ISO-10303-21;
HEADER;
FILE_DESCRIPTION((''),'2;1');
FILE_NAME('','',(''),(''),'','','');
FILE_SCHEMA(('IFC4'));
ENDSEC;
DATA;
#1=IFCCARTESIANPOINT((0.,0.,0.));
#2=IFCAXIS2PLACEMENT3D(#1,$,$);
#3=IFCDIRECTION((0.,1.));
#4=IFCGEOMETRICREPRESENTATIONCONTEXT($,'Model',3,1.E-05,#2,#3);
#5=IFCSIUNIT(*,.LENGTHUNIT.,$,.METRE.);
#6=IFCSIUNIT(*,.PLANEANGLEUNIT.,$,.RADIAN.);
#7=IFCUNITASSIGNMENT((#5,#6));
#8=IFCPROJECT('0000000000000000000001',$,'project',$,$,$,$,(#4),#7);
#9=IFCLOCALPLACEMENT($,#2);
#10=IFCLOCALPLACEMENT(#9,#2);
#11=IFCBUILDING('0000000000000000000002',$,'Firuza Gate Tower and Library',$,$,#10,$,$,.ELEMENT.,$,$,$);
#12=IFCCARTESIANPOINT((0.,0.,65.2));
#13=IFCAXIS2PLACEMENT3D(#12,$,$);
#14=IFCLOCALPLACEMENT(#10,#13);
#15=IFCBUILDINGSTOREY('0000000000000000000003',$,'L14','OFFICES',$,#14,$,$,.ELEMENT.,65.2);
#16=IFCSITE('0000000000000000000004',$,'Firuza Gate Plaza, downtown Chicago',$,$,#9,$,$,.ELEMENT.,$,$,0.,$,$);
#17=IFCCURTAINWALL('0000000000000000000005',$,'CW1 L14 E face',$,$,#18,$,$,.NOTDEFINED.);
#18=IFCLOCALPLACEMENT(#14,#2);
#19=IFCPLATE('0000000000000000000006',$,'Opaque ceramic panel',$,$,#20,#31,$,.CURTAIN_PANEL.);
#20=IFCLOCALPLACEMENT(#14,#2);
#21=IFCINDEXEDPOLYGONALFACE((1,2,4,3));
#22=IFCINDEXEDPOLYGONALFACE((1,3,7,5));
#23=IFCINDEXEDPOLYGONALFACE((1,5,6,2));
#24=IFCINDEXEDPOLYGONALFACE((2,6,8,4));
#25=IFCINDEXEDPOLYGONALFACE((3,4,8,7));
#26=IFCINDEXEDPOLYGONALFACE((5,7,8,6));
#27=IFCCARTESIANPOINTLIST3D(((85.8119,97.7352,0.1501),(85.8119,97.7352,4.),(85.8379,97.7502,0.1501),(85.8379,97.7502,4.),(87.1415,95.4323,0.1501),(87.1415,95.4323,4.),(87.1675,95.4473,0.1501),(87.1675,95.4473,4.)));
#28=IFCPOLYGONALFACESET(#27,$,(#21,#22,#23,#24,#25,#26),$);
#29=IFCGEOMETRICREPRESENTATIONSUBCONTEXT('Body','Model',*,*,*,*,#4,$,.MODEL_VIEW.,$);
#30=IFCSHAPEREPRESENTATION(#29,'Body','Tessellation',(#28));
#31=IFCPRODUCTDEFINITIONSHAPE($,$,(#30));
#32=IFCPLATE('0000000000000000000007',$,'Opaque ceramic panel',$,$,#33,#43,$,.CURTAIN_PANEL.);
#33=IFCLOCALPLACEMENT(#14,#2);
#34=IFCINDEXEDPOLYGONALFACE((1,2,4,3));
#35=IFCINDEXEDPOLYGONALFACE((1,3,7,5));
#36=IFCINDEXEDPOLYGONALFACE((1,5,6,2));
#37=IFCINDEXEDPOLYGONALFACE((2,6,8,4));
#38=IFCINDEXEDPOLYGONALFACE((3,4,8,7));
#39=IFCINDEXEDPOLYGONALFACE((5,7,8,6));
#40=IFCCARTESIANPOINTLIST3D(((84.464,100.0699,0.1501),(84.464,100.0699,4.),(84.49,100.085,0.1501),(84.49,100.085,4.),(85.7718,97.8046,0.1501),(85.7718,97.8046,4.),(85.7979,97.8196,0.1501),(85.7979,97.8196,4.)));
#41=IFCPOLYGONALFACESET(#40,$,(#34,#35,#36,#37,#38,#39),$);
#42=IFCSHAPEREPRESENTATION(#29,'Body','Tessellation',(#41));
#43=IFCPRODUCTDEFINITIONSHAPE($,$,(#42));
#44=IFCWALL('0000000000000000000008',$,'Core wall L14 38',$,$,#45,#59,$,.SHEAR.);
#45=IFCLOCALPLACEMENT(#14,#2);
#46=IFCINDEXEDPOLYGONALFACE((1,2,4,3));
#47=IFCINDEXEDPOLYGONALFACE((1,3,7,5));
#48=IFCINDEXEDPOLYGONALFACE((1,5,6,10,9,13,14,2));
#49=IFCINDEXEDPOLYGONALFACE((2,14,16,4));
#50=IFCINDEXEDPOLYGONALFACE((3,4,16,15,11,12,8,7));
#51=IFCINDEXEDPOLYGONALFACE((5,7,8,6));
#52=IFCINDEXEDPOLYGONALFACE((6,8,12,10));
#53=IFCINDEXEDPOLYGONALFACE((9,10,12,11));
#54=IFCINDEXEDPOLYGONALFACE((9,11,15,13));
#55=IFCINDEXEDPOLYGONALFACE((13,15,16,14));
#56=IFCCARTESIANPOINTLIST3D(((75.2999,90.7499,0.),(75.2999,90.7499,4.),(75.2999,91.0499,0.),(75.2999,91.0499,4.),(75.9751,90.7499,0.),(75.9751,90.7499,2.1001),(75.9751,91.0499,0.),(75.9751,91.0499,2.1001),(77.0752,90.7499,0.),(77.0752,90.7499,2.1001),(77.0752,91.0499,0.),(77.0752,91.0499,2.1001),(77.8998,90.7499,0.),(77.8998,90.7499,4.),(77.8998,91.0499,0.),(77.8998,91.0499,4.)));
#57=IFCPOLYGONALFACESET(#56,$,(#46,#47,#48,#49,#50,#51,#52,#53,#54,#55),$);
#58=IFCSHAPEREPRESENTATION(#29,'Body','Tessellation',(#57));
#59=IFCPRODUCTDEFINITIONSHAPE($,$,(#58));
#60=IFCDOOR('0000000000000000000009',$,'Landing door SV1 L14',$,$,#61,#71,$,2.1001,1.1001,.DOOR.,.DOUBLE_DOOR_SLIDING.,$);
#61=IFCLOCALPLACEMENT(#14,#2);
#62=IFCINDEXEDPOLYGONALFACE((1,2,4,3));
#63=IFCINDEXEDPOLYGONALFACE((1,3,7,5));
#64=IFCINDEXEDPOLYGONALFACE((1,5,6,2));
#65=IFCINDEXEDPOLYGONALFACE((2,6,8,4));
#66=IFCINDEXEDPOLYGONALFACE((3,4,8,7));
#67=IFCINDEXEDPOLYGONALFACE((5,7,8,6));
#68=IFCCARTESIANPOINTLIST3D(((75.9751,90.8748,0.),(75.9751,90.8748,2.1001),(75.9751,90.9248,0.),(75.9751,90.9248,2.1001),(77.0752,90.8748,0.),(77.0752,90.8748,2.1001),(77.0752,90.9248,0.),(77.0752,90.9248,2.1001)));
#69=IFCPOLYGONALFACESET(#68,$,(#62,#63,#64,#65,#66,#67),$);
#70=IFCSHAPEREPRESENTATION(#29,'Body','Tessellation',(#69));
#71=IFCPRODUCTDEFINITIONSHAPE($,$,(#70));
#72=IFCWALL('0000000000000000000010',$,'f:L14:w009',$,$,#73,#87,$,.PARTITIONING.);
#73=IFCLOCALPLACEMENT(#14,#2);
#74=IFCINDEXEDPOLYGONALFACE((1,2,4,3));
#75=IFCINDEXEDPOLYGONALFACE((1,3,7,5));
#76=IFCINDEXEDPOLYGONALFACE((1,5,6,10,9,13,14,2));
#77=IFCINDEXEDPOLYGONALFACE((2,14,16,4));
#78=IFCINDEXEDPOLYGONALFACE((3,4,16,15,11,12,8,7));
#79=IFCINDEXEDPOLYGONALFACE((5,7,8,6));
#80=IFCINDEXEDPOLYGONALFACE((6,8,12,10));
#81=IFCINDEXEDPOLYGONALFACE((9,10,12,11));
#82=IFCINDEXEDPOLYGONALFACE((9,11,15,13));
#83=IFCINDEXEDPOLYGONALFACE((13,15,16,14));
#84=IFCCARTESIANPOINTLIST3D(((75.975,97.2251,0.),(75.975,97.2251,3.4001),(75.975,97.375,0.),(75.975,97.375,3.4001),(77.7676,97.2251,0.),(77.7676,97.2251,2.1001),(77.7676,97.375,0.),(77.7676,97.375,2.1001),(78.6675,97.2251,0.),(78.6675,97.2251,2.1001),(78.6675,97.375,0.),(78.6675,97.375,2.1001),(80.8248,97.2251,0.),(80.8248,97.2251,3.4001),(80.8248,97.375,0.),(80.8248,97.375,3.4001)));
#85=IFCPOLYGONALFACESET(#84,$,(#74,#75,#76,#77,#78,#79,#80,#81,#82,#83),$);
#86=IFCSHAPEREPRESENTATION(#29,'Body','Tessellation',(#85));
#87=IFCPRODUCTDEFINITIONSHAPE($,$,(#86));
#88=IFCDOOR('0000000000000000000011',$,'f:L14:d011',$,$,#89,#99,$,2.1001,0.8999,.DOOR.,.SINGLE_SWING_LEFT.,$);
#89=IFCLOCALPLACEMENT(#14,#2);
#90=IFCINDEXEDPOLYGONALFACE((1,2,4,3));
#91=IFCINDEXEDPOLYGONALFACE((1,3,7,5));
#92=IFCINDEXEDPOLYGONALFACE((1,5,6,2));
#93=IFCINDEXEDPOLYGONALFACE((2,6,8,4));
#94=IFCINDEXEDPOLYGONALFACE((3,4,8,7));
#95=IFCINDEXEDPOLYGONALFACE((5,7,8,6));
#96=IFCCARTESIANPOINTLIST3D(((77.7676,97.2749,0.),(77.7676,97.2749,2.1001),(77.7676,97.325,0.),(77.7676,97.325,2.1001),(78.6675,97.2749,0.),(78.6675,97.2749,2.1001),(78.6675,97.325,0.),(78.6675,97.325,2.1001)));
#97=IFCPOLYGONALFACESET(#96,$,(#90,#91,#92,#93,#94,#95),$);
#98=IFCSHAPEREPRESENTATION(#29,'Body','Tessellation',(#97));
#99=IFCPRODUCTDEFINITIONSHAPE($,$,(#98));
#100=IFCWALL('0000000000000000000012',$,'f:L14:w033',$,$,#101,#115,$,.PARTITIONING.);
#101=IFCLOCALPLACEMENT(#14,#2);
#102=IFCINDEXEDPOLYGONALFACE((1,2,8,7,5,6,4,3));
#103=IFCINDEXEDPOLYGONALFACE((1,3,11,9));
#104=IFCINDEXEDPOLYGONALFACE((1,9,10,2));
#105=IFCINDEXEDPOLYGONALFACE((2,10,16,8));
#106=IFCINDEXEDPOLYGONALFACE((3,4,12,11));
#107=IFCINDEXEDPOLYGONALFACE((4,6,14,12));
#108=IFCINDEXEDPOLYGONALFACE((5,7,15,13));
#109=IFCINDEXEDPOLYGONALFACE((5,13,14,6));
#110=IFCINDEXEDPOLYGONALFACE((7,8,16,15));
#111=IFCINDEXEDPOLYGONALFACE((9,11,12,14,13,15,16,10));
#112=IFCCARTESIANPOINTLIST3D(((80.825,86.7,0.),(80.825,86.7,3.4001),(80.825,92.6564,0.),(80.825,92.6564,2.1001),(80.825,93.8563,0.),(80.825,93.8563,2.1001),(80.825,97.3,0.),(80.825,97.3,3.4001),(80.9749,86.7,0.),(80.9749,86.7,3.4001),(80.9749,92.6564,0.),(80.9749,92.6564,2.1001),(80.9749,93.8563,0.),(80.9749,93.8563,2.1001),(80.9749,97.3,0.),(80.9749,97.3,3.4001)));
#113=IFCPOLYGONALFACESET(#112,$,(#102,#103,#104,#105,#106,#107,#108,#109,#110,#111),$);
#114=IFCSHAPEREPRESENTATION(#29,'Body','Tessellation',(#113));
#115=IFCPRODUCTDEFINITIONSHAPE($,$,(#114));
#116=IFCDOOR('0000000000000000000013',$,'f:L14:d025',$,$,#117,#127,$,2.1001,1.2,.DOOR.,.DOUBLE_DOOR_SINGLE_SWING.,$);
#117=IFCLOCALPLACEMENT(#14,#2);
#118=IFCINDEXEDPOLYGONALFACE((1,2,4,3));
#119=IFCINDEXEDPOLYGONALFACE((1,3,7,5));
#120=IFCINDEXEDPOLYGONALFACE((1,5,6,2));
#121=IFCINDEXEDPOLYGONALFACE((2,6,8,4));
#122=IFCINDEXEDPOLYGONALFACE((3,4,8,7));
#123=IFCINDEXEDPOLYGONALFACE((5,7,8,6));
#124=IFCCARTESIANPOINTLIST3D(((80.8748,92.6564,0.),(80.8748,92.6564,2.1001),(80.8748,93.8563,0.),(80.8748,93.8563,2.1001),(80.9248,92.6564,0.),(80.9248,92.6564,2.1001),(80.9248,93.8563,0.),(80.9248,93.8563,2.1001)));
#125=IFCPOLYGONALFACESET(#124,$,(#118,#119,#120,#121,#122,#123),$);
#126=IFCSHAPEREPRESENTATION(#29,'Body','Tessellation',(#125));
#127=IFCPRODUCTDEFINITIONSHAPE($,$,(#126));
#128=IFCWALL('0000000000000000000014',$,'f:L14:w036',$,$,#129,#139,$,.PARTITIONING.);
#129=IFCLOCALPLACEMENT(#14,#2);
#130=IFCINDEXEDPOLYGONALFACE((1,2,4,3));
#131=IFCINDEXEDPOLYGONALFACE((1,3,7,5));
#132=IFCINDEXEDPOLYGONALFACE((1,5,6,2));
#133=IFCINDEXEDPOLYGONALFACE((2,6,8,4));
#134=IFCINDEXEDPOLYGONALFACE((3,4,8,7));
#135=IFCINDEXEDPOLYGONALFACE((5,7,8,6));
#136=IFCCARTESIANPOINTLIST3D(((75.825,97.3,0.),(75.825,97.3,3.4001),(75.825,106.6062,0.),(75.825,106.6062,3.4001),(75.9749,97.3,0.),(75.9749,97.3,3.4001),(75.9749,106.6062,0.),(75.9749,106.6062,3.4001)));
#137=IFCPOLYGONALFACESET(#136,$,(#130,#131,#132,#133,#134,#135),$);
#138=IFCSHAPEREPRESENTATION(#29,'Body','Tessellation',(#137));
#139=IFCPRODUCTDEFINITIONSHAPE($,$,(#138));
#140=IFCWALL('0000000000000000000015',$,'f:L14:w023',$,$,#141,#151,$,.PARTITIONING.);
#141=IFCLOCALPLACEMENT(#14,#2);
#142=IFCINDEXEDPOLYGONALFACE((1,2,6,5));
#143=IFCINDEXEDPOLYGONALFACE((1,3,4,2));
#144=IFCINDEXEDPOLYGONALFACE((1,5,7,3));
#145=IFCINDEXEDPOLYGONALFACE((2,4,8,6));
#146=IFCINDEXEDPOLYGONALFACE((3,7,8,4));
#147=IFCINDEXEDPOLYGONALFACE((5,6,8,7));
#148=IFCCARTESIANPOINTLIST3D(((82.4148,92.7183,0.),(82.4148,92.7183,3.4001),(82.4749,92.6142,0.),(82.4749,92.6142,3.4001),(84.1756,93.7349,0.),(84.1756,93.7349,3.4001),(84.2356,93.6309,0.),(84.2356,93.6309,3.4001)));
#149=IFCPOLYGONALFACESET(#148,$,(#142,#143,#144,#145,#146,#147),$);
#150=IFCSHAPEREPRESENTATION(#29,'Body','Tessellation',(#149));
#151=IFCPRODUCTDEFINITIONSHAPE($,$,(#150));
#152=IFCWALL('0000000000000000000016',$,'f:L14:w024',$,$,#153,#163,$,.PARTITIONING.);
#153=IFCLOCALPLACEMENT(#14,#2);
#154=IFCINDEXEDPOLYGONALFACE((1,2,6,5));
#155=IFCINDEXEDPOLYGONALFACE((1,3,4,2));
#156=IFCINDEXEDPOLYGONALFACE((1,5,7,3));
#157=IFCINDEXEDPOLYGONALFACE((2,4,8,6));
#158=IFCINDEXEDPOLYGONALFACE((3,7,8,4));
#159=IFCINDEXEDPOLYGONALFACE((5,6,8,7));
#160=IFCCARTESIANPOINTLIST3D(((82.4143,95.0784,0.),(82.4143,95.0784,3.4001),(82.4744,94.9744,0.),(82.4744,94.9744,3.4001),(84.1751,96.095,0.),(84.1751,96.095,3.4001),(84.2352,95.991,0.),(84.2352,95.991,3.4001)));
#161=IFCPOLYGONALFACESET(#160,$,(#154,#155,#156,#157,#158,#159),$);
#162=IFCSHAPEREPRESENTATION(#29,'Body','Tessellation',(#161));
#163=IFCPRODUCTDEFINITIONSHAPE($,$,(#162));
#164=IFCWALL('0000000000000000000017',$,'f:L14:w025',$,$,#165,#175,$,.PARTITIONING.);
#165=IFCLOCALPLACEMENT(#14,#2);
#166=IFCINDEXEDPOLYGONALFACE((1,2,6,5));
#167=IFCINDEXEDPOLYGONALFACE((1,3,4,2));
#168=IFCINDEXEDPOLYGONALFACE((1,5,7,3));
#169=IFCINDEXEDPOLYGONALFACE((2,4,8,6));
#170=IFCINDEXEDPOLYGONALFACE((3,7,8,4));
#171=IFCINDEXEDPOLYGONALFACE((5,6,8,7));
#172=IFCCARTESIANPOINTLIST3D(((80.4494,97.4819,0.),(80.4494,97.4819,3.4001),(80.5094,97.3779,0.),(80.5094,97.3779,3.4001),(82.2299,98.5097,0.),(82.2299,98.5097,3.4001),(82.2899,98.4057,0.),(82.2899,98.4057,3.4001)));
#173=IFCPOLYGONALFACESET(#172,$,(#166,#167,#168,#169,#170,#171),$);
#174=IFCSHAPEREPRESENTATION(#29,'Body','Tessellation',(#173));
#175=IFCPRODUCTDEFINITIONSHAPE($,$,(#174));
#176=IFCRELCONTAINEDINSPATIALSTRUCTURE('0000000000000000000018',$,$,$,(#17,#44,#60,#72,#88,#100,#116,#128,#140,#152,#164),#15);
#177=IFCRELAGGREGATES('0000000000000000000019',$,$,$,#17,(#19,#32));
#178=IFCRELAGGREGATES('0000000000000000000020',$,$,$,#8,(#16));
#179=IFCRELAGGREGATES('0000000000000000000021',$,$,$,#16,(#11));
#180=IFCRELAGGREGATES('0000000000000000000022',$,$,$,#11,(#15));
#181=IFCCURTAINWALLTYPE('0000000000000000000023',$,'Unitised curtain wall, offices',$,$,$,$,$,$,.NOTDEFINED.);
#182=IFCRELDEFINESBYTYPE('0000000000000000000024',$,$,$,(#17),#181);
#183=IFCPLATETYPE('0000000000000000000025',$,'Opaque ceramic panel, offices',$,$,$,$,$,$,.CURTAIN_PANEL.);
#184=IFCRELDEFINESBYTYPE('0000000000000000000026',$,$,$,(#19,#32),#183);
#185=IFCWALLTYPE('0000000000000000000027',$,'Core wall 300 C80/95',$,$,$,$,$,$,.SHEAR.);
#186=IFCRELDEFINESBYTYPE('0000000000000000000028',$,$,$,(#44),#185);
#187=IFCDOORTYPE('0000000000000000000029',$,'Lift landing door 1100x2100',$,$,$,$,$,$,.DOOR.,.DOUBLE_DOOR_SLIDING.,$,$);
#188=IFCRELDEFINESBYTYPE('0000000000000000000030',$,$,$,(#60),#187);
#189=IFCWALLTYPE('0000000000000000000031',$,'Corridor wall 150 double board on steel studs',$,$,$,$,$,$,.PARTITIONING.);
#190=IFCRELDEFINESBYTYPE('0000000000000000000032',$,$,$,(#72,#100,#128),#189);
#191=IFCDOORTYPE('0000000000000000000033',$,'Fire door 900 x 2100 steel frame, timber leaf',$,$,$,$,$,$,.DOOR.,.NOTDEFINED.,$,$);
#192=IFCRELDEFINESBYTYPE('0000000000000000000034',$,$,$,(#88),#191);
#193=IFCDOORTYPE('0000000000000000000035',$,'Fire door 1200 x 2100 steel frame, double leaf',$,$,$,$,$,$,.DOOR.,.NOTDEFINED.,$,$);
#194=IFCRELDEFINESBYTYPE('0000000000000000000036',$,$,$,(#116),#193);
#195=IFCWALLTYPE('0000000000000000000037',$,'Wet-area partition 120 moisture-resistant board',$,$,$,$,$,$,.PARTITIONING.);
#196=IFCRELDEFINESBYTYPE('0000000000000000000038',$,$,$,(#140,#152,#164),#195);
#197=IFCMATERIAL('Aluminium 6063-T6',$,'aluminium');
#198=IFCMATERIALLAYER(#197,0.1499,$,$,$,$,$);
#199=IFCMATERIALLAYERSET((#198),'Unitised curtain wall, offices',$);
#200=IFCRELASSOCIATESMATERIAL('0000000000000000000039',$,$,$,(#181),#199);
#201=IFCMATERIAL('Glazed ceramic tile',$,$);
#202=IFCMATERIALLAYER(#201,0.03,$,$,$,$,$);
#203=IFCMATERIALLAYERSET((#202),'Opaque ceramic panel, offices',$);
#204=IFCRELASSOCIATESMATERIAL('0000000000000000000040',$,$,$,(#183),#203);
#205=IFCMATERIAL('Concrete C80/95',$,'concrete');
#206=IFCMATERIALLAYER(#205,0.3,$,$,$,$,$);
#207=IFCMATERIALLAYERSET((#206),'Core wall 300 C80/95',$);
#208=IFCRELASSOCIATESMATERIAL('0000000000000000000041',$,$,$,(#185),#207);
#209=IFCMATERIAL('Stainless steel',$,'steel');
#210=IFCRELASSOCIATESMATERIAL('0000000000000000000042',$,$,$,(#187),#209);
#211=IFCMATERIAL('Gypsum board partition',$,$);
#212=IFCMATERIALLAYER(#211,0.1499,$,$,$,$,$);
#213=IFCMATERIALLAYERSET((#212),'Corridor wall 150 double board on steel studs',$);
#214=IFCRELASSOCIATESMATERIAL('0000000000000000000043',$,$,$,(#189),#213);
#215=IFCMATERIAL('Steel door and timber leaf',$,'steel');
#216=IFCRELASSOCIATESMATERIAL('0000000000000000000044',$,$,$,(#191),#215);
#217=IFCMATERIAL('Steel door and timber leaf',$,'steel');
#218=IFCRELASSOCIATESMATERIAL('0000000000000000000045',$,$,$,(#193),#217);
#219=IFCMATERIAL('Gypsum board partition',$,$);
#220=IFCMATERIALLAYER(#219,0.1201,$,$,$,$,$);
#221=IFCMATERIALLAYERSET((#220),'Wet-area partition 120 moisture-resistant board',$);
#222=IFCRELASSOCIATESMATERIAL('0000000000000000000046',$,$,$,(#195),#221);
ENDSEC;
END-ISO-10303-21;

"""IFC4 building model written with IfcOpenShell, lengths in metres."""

from ifc_helpers import new_model, si_unit, direction, frame, frame_2d, origin, place, context, subcontext, project, spatial, polyline, rectangle, outline, extrude, material, layer, layer_set, type_object, element, fill, aggregate, save


model = new_model("IFC4")

# Units and contexts
model_context = context("Model", 3, precision=1e-05, world=origin(), true_north=direction((0.0, 1.0)))
body_context = subcontext(model_context, "Body", "Model", "MODEL_VIEW")
ifc_project = project(units=[si_unit("LENGTHUNIT", "METRE"), si_unit("PLANEANGLEUNIT", "RADIAN")], contexts=[model_context])

# Site, building, storey
site_placement = place(None, origin())
site = spatial("IfcSite", under=ifc_project, at=site_placement, Name="Firuza Gate Plaza, downtown Chicago", CompositionType="ELEMENT", RefElevation=0.0)
building_placement = place(site_placement, origin())
building = spatial("IfcBuilding", under=site, at=building_placement, Name="Firuza Gate Tower and Library", CompositionType="ELEMENT")
storey_placement = place(building_placement, frame((0.0, 0.0, 65.2)))
storey = spatial("IfcBuildingStorey", under=building, at=storey_placement, Name="L14", Description="OFFICES", CompositionType="ELEMENT", Elevation=65.2)

# Curtain wall
ifc_material_1 = material(Name="Aluminium 6063-T6", Category="aluminium")
ifc_layer_1 = layer(ifc_material_1, 0.1499)
ifc_layer_set_1 = layer_set([ifc_layer_1], Name="Unitised curtain wall, offices")
curtain_wall_type = type_object("IfcCurtainWallType", Name="Unitised curtain wall, offices", PredefinedType="NOTDEFINED", material=ifc_layer_set_1)
curtain_wall_placement = place(storey_placement, origin())
curtain_wall = element("IfcCurtainWall", 1, at=curtain_wall_placement, inside=storey, type_object=curtain_wall_type, Name="CW1 L14 E face", PredefinedType="NOTDEFINED")

# Plates
ifc_material_2 = material(Name="Glazed ceramic tile")
ifc_layer_2 = layer(ifc_material_2, 0.03)
ifc_layer_set_2 = layer_set([ifc_layer_2], Name="Opaque ceramic panel, offices")
plate_type_1 = type_object("IfcPlateType", Name="Opaque ceramic panel, offices", PredefinedType="CURTAIN_PANEL", material=ifc_layer_set_2)
plate_1_placement = place(storey_placement, frame((87.1675, 95.4473, 0.1501), z_axis=(0.866031, 0.49999, 0.0), x_axis=(-0.49999, 0.866031, 0.0)))
plate_1 = element("IfcPlate", 2, at=plate_1_placement, type_object=plate_type_1, Name="Opaque ceramic panel", PredefinedType="CURTAIN_PANEL", context=body_context, shape_type="SweptSolid", body=[
    extrude(outline(polyline([(0.0, 0.0), (2.6592, 0.0), (2.6592, 3.8499), (0.0, 3.8499), (0.0, 0.0)])), origin(), (0.0, 0.0, -1.0), 0.03),
])
plate_2_placement = place(storey_placement, frame((85.7979, 97.8196, 0.1501), z_axis=(0.866035, 0.499984, 0.0), x_axis=(-0.499984, 0.866035, 0.0)))
plate_2 = element("IfcPlate", 3, at=plate_2_placement, type_object=plate_type_1, Name="Opaque ceramic panel", PredefinedType="CURTAIN_PANEL", context=body_context, shape_type="SweptSolid", body=[
    extrude(outline(polyline([(0.0, 0.0), (2.6158, 0.0), (2.6158, 3.8499), (0.0, 3.8499), (0.0, 0.0)])), origin(), (0.0, 0.0, -1.0), 0.03),
])
aggregate(curtain_wall, [plate_1, plate_2])

# Walls, openings, doors
ifc_material_3 = material(Name="Concrete C80/95", Category="concrete")
ifc_layer_3 = layer(ifc_material_3, 0.3)
ifc_layer_set_3 = layer_set([ifc_layer_3], Name="Core wall 300 C80/95")
wall_type_1 = type_object("IfcWallType", Name="Core wall 300 C80/95", PredefinedType="SHEAR", material=ifc_layer_set_3)
wall_1_placement = place(storey_placement, frame((75.3, 90.8999, 0.0), z_axis=(0.0, 0.0, 1.0), x_axis=(1.0, 0.0, 0.0)))
wall_1 = element("IfcWall", 4, at=wall_1_placement, inside=storey, type_object=wall_type_1, Name="Core wall L14 38", PredefinedType="SHEAR", context=body_context, shape_type="SweptSolid", body=[
    extrude(rectangle(XDim=2.5999, YDim=0.3, at=frame_2d((1.2998, 0.0))), origin(), (0.0, 0.0, 1.0), 4.0),
])
opening_1_placement = place(wall_1_placement, frame((0.675, 0.0, 0.0)))
opening_1 = element("IfcOpeningElement", 5, at=opening_1_placement, cuts=wall_1, PredefinedType="OPENING", context=body_context, shape_type="SweptSolid", body=[
    extrude(rectangle(XDim=1.1001, YDim=2.1001, at=frame_2d((0.55, 1.05))), frame((0.0, 0.1602, 0.0), z_axis=(0.0, -1.0, 0.0), x_axis=(1.0, 0.0, 0.0)), (0.0, 0.0, 1.0), 0.3201),
])
ifc_material_4 = material(Name="Stainless steel", Category="steel")
door_type_1 = type_object("IfcDoorType", Name="Lift landing door 1100x2100", OperationType="DOUBLE_DOOR_SLIDING", PredefinedType="DOOR", material=ifc_material_4)
door_1_placement = place(opening_1_placement, origin())
door_1 = element("IfcDoor", 6, at=door_1_placement, inside=storey, type_object=door_type_1, Name="Landing door SV1 L14", OperationType="DOUBLE_DOOR_SLIDING", OverallHeight=2.1001, OverallWidth=1.1001, PredefinedType="DOOR", context=body_context, shape_type="SweptSolid", body=[
    extrude(rectangle(XDim=1.1001, YDim=2.1001, at=frame_2d((0.55, 1.05))), frame((0.0, 0.0249, 0.0), z_axis=(0.0, -1.0, 0.0), x_axis=(1.0, 0.0, 0.0)), (0.0, 0.0, 1.0), 0.05),
])
fill(opening_1, door_1)
ifc_material_5 = material(Name="Gypsum board partition")
ifc_layer_4 = layer(ifc_material_5, 0.1499)
ifc_layer_set_4 = layer_set([ifc_layer_4], Name="Corridor wall 150 double board on steel studs")
wall_type_2 = type_object("IfcWallType", Name="Corridor wall 150 double board on steel studs", PredefinedType="PARTITIONING", material=ifc_layer_set_4)
wall_2_placement = place(storey_placement, frame((75.9751, 97.3, 0.0), z_axis=(0.0, 0.0, 1.0), x_axis=(1.0, 0.0, 0.0)))
wall_2 = element("IfcWall", 7, at=wall_2_placement, inside=storey, type_object=wall_type_2, Name="f:L14:w009", PredefinedType="PARTITIONING", context=body_context, shape_type="SweptSolid", body=[
    extrude(rectangle(XDim=4.8499, YDim=0.1499, at=frame_2d((2.4248, 0.0))), origin(), (0.0, 0.0, 1.0), 3.4001),
])
opening_2_placement = place(wall_2_placement, frame((1.7925, 0.0, 0.0)))
opening_2 = element("IfcOpeningElement", 8, at=opening_2_placement, cuts=wall_2, PredefinedType="OPENING", context=body_context, shape_type="SweptSolid", body=[
    extrude(rectangle(XDim=0.8999, YDim=2.1001, at=frame_2d((0.45, 1.05))), frame((0.0, 0.085, 0.0), z_axis=(0.0, -1.0, 0.0), x_axis=(1.0, 0.0, 0.0)), (0.0, 0.0, 1.0), 0.1699),
])
ifc_material_6 = material(Name="Steel door and timber leaf", Category="steel")
door_type_2 = type_object("IfcDoorType", Name="Fire door 900 x 2100 steel frame, timber leaf", OperationType="NOTDEFINED", PredefinedType="DOOR", material=ifc_material_6)
door_2_placement = place(opening_2_placement, origin())
door_2 = element("IfcDoor", 9, at=door_2_placement, inside=storey, type_object=door_type_2, Name="f:L14:d011", OperationType="SINGLE_SWING_LEFT", OverallHeight=2.1001, OverallWidth=0.8999, PredefinedType="DOOR", context=body_context, shape_type="SweptSolid", body=[
    extrude(rectangle(XDim=0.8999, YDim=2.1001, at=frame_2d((0.45, 1.05))), frame((0.0, 0.0249, 0.0), z_axis=(0.0, -1.0, 0.0), x_axis=(1.0, 0.0, 0.0)), (0.0, 0.0, 1.0), 0.05),
])
fill(opening_2, door_2)
wall_3_placement = place(storey_placement, frame((80.8999, 97.3, 0.0), z_axis=(0.0, 0.0, 1.0), x_axis=(0.0, -1.0, 0.0)))
wall_3 = element("IfcWall", 10, at=wall_3_placement, inside=storey, type_object=wall_type_2, Name="f:L14:w033", PredefinedType="PARTITIONING", context=body_context, shape_type="SweptSolid", body=[
    extrude(rectangle(XDim=10.6001, YDim=0.1499, at=frame_2d((5.3, 0.0))), origin(), (0.0, 0.0, 1.0), 3.4001),
])
opening_3_placement = place(wall_3_placement, frame((3.4436, 0.0, 0.0)))
opening_3 = element("IfcOpeningElement", 11, at=opening_3_placement, cuts=wall_3, PredefinedType="OPENING", context=body_context, shape_type="SweptSolid", body=[
    extrude(rectangle(XDim=1.2, YDim=2.1001, at=frame_2d((0.6001, 1.05))), frame((0.0, 0.085, 0.0), z_axis=(0.0, -1.0, 0.0), x_axis=(1.0, 0.0, 0.0)), (0.0, 0.0, 1.0), 0.1699),
])
ifc_material_7 = material(Name="Steel door and timber leaf", Category="steel")
door_type_3 = type_object("IfcDoorType", Name="Fire door 1200 x 2100 steel frame, double leaf", OperationType="NOTDEFINED", PredefinedType="DOOR", material=ifc_material_7)
door_3_placement = place(opening_3_placement, origin())
door_3 = element("IfcDoor", 12, at=door_3_placement, inside=storey, type_object=door_type_3, Name="f:L14:d025", OperationType="DOUBLE_DOOR_SINGLE_SWING", OverallHeight=2.1001, OverallWidth=1.2, PredefinedType="DOOR", context=body_context, shape_type="SweptSolid", body=[
    extrude(rectangle(XDim=1.2, YDim=2.1001, at=frame_2d((0.6001, 1.05))), frame((0.0, 0.0249, 0.0), z_axis=(0.0, -1.0, 0.0), x_axis=(1.0, 0.0, 0.0)), (0.0, 0.0, 1.0), 0.05),
])
fill(opening_3, door_3)

# Walls
wall_4_placement = place(storey_placement, frame((75.8999, 97.3, 0.0), z_axis=(0.0, 0.0, 1.0), x_axis=(0.0, 1.0, 0.0)))
element("IfcWall", 13, at=wall_4_placement, inside=storey, type_object=wall_type_2, Name="f:L14:w036", PredefinedType="PARTITIONING", context=body_context, shape_type="SweptSolid", body=[
    extrude(rectangle(XDim=9.3062, YDim=0.1499, at=frame_2d((4.6531, 0.0))), origin(), (0.0, 0.0, 1.0), 3.4001),
])
ifc_material_8 = material(Name="Gypsum board partition")
ifc_layer_5 = layer(ifc_material_8, 0.1201)
ifc_layer_set_5 = layer_set([ifc_layer_5], Name="Wet-area partition 120 moisture-resistant board")
wall_type_3 = type_object("IfcWallType", Name="Wet-area partition 120 moisture-resistant board", PredefinedType="PARTITIONING", material=ifc_layer_set_5)
for number, where, z_axis, x_axis, name in (
    (14, (82.4448, 92.6663, 0.0), (0.0, 0.0, 1.0), (0.866018, 0.500013, 0.0), "f:L14:w023"),
    (15, (82.4443, 95.0264, 0.0), (0.0, 0.0, 1.0), (0.866018, 0.500013, 0.0), "f:L14:w024"),
):
    element("IfcWall", number, at=place(storey_placement, frame(where, z_axis=z_axis, x_axis=x_axis)), inside=storey, type_object=wall_type_3, Name=name, PredefinedType="PARTITIONING", context=body_context, shape_type="SweptSolid", body=[
        extrude(rectangle(XDim=2.0332, YDim=0.1201, at=frame_2d((1.0166, 0.0))), origin(), (0.0, 0.0, 1.0), 3.4001),
    ])
wall_5_placement = place(storey_placement, frame((80.4795, 97.4299, 0.0), z_axis=(0.0, 0.0, 1.0), x_axis=(0.866057, 0.499945, 0.0)))
element("IfcWall", 16, at=wall_5_placement, inside=storey, type_object=wall_type_3, Name="f:L14:w025", PredefinedType="PARTITIONING", context=body_context, shape_type="SweptSolid", body=[
    extrude(rectangle(XDim=2.0559, YDim=0.1201, at=frame_2d((1.0278, 0.0))), origin(), (0.0, 0.0, 1.0), 3.4001),
])

save(model, "model.ifc")
